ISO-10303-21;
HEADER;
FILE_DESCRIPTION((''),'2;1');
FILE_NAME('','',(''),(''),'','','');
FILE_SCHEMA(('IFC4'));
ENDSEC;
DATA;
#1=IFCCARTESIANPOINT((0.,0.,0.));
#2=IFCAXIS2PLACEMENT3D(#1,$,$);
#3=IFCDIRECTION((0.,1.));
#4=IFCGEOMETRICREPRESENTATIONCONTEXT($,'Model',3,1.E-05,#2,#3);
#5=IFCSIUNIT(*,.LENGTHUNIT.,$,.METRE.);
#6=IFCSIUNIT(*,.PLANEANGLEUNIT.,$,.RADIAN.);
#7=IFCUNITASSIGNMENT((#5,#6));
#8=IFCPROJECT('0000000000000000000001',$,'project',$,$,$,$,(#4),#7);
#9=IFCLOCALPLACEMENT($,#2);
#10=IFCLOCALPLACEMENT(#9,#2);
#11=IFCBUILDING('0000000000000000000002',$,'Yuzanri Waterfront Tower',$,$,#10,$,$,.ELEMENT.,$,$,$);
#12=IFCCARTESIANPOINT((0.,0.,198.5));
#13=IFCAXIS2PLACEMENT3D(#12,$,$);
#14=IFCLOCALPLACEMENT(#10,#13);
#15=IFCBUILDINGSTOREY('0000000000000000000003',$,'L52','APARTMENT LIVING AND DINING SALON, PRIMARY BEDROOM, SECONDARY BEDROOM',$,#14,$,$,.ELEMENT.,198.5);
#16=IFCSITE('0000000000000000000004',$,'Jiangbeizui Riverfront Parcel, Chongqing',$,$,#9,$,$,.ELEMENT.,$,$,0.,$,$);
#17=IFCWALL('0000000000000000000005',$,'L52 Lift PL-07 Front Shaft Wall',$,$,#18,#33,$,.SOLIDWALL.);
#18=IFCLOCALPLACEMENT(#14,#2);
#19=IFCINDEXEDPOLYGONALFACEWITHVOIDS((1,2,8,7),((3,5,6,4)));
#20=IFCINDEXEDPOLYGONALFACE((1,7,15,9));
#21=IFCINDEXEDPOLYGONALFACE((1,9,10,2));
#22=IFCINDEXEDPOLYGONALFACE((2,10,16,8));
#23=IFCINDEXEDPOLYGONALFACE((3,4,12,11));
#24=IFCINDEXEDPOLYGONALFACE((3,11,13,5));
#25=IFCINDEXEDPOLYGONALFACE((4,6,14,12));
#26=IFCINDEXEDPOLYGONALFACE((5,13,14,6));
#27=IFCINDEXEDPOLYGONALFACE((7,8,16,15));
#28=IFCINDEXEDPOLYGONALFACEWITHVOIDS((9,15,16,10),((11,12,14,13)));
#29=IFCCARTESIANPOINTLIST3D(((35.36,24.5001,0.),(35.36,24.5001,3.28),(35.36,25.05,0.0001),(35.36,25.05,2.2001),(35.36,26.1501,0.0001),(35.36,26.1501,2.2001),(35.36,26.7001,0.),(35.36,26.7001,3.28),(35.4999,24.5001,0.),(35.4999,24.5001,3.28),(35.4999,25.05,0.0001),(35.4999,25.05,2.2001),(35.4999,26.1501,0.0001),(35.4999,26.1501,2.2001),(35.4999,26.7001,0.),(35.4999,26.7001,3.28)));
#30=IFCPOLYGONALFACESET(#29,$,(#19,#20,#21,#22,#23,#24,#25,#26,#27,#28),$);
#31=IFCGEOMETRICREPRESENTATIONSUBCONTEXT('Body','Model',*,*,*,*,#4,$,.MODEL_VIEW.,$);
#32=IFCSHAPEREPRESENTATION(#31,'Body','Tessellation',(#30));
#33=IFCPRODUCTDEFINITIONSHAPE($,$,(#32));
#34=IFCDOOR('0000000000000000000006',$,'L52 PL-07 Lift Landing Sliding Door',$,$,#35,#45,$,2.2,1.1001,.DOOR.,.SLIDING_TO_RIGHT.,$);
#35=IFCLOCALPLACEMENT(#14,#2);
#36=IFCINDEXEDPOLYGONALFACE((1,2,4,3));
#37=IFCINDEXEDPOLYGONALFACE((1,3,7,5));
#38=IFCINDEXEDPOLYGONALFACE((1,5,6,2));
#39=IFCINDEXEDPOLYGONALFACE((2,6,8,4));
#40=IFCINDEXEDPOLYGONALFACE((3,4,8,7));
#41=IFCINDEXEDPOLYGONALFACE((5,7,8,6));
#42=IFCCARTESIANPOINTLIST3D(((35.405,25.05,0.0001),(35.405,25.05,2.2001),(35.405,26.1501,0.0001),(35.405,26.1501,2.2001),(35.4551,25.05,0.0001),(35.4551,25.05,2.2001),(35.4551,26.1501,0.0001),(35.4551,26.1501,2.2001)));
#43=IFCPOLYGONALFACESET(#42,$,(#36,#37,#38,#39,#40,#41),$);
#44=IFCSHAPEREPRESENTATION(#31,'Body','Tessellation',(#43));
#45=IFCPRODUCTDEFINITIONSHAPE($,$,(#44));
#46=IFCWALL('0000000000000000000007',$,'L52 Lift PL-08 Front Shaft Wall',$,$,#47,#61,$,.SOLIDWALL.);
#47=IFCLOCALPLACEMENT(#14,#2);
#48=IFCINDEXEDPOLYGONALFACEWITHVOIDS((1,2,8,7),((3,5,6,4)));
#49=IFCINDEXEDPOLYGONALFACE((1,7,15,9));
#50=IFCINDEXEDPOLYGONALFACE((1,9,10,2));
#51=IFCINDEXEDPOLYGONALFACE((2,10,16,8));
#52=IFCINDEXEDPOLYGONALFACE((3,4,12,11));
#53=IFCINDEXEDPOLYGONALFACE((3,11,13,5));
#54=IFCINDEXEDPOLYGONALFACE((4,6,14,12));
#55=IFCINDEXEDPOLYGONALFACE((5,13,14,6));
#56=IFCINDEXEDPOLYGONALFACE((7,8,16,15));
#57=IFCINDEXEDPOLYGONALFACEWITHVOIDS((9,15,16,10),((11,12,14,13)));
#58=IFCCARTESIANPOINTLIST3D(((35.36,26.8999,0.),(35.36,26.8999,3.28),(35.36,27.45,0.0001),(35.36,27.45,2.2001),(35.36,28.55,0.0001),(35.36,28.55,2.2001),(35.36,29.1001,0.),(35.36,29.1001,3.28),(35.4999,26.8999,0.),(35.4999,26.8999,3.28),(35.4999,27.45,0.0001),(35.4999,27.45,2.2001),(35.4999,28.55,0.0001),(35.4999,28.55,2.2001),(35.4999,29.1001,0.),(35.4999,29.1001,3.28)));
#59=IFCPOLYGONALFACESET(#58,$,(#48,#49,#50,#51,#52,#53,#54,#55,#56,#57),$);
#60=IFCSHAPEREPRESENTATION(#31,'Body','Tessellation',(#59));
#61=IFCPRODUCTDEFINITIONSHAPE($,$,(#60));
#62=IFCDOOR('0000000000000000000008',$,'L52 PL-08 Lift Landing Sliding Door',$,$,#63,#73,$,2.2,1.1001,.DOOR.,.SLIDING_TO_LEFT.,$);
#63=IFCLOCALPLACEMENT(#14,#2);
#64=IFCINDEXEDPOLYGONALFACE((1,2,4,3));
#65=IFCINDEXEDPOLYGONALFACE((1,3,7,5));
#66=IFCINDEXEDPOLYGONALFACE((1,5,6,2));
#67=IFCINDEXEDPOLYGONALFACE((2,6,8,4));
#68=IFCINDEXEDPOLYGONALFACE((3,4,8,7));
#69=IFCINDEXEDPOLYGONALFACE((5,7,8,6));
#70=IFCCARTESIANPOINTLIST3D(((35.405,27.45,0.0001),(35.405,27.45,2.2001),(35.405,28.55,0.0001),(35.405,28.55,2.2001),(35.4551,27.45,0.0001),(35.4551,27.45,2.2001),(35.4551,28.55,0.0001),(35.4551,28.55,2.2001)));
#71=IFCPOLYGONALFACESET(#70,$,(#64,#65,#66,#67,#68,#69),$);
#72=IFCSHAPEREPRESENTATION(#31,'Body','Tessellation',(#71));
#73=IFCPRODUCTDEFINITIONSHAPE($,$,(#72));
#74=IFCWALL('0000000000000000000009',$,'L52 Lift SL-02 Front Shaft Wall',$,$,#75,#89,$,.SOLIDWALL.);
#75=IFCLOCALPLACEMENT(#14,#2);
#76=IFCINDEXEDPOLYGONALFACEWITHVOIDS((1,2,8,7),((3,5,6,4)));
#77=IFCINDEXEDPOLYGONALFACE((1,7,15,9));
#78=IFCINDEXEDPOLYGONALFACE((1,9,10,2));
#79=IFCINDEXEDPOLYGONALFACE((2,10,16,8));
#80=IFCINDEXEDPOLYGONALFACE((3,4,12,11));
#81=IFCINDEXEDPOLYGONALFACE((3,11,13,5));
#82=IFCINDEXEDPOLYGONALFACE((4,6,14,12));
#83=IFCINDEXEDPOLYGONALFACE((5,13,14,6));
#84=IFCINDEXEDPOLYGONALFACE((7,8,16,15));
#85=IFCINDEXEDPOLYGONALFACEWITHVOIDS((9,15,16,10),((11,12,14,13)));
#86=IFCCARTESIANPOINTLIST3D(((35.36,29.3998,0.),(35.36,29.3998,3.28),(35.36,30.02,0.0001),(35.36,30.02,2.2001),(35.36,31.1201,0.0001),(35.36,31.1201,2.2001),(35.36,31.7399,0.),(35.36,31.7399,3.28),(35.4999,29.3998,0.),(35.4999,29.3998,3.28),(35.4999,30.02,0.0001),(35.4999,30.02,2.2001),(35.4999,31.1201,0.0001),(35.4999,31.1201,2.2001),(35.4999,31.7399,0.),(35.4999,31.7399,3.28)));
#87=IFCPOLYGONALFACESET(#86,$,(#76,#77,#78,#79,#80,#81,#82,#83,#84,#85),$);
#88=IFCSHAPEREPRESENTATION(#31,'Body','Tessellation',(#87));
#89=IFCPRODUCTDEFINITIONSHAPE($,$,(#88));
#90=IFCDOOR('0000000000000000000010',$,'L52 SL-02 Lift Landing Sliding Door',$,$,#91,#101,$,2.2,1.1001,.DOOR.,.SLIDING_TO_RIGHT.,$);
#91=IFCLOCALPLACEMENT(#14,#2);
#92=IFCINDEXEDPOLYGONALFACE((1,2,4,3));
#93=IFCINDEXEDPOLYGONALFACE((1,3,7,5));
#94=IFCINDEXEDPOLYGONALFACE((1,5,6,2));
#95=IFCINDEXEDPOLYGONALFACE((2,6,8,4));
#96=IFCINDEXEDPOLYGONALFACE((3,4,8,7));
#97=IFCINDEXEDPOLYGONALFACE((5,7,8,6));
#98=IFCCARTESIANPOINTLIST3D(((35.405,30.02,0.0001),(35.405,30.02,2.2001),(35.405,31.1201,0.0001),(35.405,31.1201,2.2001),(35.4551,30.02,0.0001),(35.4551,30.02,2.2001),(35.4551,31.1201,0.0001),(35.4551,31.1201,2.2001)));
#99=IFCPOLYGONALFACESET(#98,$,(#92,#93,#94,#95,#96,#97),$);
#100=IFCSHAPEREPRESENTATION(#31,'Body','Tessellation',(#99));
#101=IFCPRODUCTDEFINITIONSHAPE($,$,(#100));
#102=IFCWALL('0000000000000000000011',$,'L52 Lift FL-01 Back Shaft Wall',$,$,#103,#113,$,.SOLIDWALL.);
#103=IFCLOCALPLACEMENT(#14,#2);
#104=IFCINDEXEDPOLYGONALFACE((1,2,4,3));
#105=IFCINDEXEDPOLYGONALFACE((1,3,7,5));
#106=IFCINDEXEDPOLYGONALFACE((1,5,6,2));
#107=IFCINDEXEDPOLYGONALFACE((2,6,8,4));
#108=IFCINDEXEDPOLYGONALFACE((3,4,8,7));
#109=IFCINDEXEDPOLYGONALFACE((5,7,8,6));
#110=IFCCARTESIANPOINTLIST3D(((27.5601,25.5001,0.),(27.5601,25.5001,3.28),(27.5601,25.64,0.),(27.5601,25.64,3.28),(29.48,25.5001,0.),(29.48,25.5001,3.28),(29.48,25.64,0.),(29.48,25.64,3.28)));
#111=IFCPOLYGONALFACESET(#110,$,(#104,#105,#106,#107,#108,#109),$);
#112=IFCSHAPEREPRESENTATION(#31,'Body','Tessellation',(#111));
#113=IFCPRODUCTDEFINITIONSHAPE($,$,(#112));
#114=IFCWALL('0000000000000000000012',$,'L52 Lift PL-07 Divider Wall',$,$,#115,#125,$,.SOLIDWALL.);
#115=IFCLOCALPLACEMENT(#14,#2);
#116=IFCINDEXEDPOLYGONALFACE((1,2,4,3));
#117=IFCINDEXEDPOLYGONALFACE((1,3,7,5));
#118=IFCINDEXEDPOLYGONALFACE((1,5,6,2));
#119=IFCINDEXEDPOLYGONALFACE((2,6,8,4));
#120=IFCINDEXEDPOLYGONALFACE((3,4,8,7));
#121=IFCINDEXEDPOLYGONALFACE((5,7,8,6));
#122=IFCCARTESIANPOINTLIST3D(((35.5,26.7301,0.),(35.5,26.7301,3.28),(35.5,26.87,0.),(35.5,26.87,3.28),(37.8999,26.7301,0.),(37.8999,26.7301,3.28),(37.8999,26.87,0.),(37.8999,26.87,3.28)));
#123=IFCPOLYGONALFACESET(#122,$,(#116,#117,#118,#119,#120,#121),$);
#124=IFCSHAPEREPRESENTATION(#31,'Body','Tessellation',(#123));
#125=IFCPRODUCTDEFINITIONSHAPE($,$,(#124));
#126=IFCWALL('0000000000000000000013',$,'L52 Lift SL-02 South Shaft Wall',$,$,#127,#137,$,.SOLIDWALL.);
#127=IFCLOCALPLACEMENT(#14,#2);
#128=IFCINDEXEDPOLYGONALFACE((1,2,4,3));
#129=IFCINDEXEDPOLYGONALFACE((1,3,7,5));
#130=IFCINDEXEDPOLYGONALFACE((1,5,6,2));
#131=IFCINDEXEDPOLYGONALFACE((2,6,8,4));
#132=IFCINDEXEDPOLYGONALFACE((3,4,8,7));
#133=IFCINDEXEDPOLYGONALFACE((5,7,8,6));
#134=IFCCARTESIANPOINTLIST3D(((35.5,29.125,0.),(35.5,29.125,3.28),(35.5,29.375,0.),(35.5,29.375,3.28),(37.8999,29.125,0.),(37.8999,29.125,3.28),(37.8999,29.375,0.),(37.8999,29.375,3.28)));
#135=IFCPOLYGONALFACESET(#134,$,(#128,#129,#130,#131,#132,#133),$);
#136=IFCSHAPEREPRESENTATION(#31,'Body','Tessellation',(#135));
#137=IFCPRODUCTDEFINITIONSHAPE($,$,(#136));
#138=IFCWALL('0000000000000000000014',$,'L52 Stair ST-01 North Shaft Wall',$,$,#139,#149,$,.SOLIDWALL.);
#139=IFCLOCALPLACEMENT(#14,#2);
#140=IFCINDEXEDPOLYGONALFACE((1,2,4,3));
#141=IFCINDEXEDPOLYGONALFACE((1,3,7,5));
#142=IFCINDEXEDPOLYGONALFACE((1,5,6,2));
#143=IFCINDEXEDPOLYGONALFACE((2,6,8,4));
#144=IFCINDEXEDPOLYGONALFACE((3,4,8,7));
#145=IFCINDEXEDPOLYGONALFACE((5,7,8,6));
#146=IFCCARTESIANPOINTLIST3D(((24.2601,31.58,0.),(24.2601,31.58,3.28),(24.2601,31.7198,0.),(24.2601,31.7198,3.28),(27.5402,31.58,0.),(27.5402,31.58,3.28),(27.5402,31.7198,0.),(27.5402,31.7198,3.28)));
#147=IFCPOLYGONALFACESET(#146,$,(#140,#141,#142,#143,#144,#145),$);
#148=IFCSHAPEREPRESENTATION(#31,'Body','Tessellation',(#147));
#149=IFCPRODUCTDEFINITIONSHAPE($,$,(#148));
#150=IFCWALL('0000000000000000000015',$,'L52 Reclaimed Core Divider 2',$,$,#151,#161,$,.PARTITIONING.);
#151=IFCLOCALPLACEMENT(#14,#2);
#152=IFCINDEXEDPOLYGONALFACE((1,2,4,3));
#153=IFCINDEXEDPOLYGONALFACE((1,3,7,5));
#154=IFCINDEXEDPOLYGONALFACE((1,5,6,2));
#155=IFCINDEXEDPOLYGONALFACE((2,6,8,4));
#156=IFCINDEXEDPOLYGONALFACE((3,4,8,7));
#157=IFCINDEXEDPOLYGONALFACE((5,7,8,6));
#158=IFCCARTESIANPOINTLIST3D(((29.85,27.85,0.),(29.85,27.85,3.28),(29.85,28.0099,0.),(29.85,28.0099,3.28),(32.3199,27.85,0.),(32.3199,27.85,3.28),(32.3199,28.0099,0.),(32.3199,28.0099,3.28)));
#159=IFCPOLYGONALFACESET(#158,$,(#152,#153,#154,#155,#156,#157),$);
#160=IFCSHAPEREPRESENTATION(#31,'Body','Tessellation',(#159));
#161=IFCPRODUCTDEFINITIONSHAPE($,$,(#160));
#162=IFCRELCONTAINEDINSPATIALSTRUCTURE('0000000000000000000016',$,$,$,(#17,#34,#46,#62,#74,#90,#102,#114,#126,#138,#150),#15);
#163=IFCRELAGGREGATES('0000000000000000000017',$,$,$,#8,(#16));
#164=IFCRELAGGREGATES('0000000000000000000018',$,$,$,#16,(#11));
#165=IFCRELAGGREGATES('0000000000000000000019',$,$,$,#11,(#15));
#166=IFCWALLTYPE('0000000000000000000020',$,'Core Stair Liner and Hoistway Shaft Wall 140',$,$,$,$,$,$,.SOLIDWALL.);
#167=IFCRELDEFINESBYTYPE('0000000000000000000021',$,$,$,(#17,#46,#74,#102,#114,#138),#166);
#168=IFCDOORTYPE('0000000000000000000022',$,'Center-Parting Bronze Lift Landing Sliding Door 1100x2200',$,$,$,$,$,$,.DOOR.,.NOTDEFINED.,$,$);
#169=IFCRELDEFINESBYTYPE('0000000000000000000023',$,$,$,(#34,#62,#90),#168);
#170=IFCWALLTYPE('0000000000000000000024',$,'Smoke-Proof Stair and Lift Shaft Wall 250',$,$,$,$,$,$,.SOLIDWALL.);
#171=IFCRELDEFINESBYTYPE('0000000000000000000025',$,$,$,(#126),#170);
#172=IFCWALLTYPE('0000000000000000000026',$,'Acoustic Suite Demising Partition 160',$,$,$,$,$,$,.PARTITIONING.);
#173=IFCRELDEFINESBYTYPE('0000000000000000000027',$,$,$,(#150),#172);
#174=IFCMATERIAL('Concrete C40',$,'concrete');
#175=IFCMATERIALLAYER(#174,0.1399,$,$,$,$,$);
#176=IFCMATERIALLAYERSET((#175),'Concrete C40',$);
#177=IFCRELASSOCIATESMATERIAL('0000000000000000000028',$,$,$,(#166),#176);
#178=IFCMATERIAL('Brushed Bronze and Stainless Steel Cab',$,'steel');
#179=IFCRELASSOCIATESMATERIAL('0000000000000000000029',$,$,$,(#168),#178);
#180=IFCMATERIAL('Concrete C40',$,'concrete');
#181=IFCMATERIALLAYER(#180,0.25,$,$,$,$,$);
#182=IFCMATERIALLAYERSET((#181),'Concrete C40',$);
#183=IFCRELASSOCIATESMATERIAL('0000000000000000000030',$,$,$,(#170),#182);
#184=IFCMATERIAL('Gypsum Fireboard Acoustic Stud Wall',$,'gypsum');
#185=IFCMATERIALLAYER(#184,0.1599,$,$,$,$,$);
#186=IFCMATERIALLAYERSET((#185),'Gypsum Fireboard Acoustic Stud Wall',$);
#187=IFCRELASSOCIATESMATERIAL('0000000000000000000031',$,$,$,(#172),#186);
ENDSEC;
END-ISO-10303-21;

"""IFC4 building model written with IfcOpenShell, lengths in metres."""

from ifc_helpers import new_model, si_unit, direction, frame, frame_2d, origin, place, context, subcontext, project, spatial, rectangle, extrude, source, transform, mapped, material, layer, layer_set, type_object, element, fill, save


model = new_model("IFC4")

# Units and contexts
model_context = context("Model", 3, precision=1e-05, world=origin(), true_north=direction((0.0, 1.0)))
body_context = subcontext(model_context, "Body", "Model", "MODEL_VIEW")
ifc_project = project(units=[si_unit("LENGTHUNIT", "METRE"), si_unit("PLANEANGLEUNIT", "RADIAN")], contexts=[model_context])

# Site, building, storey
site_placement = place(None, origin())
site = spatial("IfcSite", under=ifc_project, at=site_placement, Name="Jiangbeizui Riverfront Parcel, Chongqing", CompositionType="ELEMENT", RefElevation=0.0)
building_placement = place(site_placement, origin())
building = spatial("IfcBuilding", under=site, at=building_placement, Name="Yuzanri Waterfront Tower", CompositionType="ELEMENT")
storey_placement = place(building_placement, frame((0.0, 0.0, 198.5)))
storey = spatial("IfcBuildingStorey", under=building, at=storey_placement, Name="L52", Description="APARTMENT LIVING AND DINING SALON, PRIMARY BEDROOM, SECONDARY BEDROOM", CompositionType="ELEMENT", Elevation=198.5)

# Walls, openings, doors
ifc_material_1 = material(Name="Concrete C40", Category="concrete")
ifc_layer_1 = layer(ifc_material_1, 0.1399)
ifc_layer_set_1 = layer_set([ifc_layer_1], Name="Concrete C40")
wall_type_1 = type_object("IfcWallType", Name="Core Stair Liner and Hoistway Shaft Wall 140", PredefinedType="SOLIDWALL", material=ifc_layer_set_1)
wall_1_placement = place(storey_placement, frame((35.4299, 24.5, 0.0), z_axis=(0.0, 0.0, 1.0), x_axis=(0.0, 1.0, 0.0)))
wall_1 = element("IfcWall", 1, at=wall_1_placement, inside=storey, type_object=wall_type_1, Name="L52 Lift PL-07 Front Shaft Wall", PredefinedType="SOLIDWALL", context=body_context, shape_type="SweptSolid", body=[
    extrude(rectangle(XDim=2.2, YDim=0.1399, at=frame_2d((1.1001, 0.0))), origin(), (0.0, 0.0, 1.0), 3.28),
])
opening_1_placement = place(wall_1_placement, frame((0.55, 0.0, 0.0)))
opening_1 = element("IfcOpeningElement", 2, at=opening_1_placement, cuts=wall_1, PredefinedType="OPENING", context=body_context, shape_type="SweptSolid", body=[
    extrude(rectangle(XDim=1.1001, YDim=2.2, at=frame_2d((0.55, 1.1001))), frame((0.0, 0.085, 0.0), z_axis=(0.0, -1.0, 0.0), x_axis=(1.0, 0.0, 0.0)), (0.0, 0.0, 1.0), 0.1697),
])
ifc_material_2 = material(Name="Brushed Bronze and Stainless Steel Cab", Category="steel")
door_type_1 = type_object("IfcDoorType", Name="Center-Parting Bronze Lift Landing Sliding Door 1100x2200", OperationType="NOTDEFINED", PredefinedType="DOOR", material=ifc_material_2)
shared_shape_1 = source(origin(), body_context, "Body", "SweptSolid", [
    extrude(rectangle(XDim=1.1001, YDim=2.2, at=frame_2d((0.55, 1.1001))), frame((0.0, 0.0249, 0.0), z_axis=(0.0, -1.0, 0.0), x_axis=(1.0, 0.0, 0.0)), (0.0, 0.0, 1.0), 0.05),
])
door_1_placement = place(opening_1_placement, origin())
door_1 = element("IfcDoor", 3, at=door_1_placement, inside=storey, type_object=door_type_1, Name="L52 PL-07 Lift Landing Sliding Door", OperationType="SLIDING_TO_RIGHT", OverallHeight=2.2, OverallWidth=1.1001, PredefinedType="DOOR", context=body_context, shape_type="MappedRepresentation", body=[
    mapped(shared_shape_1, transform((0.0, 0.0, 0.0), scale=1.0)),
])
fill(opening_1, door_1)
wall_2_placement = place(storey_placement, frame((35.4299, 26.8999, 0.0), z_axis=(0.0, 0.0, 1.0), x_axis=(0.0, 1.0, 0.0)))
wall_2 = element("IfcWall", 4, at=wall_2_placement, inside=storey, type_object=wall_type_1, Name="L52 Lift PL-08 Front Shaft Wall", PredefinedType="SOLIDWALL", context=body_context, shape_type="SweptSolid", body=[
    extrude(rectangle(XDim=2.2002, YDim=0.1399, at=frame_2d((1.1001, 0.0))), origin(), (0.0, 0.0, 1.0), 3.28),
])
opening_2_placement = place(wall_2_placement, frame((0.55, 0.0, 0.0)))
opening_2 = element("IfcOpeningElement", 5, at=opening_2_placement, cuts=wall_2, PredefinedType="OPENING", context=body_context, shape_type="SweptSolid", body=[
    extrude(rectangle(XDim=1.1001, YDim=2.2, at=frame_2d((0.55, 1.1001))), frame((0.0, 0.085, 0.0), z_axis=(0.0, -1.0, 0.0), x_axis=(1.0, 0.0, 0.0)), (0.0, 0.0, 1.0), 0.1697),
])
door_2_placement = place(opening_2_placement, origin())
door_2 = element("IfcDoor", 6, at=door_2_placement, inside=storey, type_object=door_type_1, Name="L52 PL-08 Lift Landing Sliding Door", OperationType="SLIDING_TO_LEFT", OverallHeight=2.2, OverallWidth=1.1001, PredefinedType="DOOR", context=body_context, shape_type="MappedRepresentation", body=[
    mapped(shared_shape_1, transform((0.0, 0.0, 0.0), scale=1.0)),
])
fill(opening_2, door_2)
wall_3_placement = place(storey_placement, frame((35.4299, 29.3999, 0.0), z_axis=(0.0, 0.0, 1.0), x_axis=(0.0, 1.0, 0.0)))
wall_3 = element("IfcWall", 7, at=wall_3_placement, inside=storey, type_object=wall_type_1, Name="L52 Lift SL-02 Front Shaft Wall", PredefinedType="SOLIDWALL", context=body_context, shape_type="SweptSolid", body=[
    extrude(rectangle(XDim=2.3401, YDim=0.1399, at=frame_2d((1.1699, 0.0))), origin(), (0.0, 0.0, 1.0), 3.28),
])
opening_3_placement = place(wall_3_placement, frame((0.6201, 0.0, 0.0)))
opening_3 = element("IfcOpeningElement", 8, at=opening_3_placement, cuts=wall_3, PredefinedType="OPENING", context=body_context, shape_type="SweptSolid", body=[
    extrude(rectangle(XDim=1.1001, YDim=2.2, at=frame_2d((0.55, 1.1001))), frame((0.0, 0.085, 0.0), z_axis=(0.0, -1.0, 0.0), x_axis=(1.0, 0.0, 0.0)), (0.0, 0.0, 1.0), 0.1697),
])
door_3_placement = place(opening_3_placement, origin())
door_3 = element("IfcDoor", 9, at=door_3_placement, inside=storey, type_object=door_type_1, Name="L52 SL-02 Lift Landing Sliding Door", OperationType="SLIDING_TO_RIGHT", OverallHeight=2.2, OverallWidth=1.1001, PredefinedType="DOOR", context=body_context, shape_type="MappedRepresentation", body=[
    mapped(shared_shape_1, transform((0.0, 0.0, 0.0), scale=1.0)),
])
fill(opening_3, door_3)

# Walls
shared_shape_2 = source(origin(), body_context, "Body", "SweptSolid", [
    extrude(rectangle(XDim=1.9199, YDim=0.1399, at=frame_2d((0.96, 0.0))), origin(), (0.0, 0.0, 1.0), 3.28),
])
wall_4_placement = place(storey_placement, frame((27.5601, 25.5701, 0.0), z_axis=(0.0, 0.0, 1.0), x_axis=(1.0, 0.0, 0.0)))
element("IfcWall", 10, at=wall_4_placement, inside=storey, type_object=wall_type_1, Name="L52 Lift FL-01 Back Shaft Wall", PredefinedType="SOLIDWALL", context=body_context, shape_type="MappedRepresentation", body=[
    mapped(shared_shape_2, transform((0.0, 0.0, 0.0), scale=1.0)),
])
shared_shape_3 = source(origin(), body_context, "Body", "SweptSolid", [
    extrude(rectangle(XDim=2.3999, YDim=0.1399, at=frame_2d((1.2, 0.0))), origin(), (0.0, 0.0, 1.0), 3.28),
])
wall_5_placement = place(storey_placement, frame((35.5, 26.8, 0.0), z_axis=(0.0, 0.0, 1.0), x_axis=(1.0, 0.0, 0.0)))
element("IfcWall", 11, at=wall_5_placement, inside=storey, type_object=wall_type_1, Name="L52 Lift PL-07 Divider Wall", PredefinedType="SOLIDWALL", context=body_context, shape_type="MappedRepresentation", body=[
    mapped(shared_shape_3, transform((0.0, 0.0, 0.0), scale=1.0)),
])
ifc_material_3 = material(Name="Concrete C40", Category="concrete")
ifc_layer_2 = layer(ifc_material_3, 0.25)
ifc_layer_set_2 = layer_set([ifc_layer_2], Name="Concrete C40")
wall_type_2 = type_object("IfcWallType", Name="Smoke-Proof Stair and Lift Shaft Wall 250", PredefinedType="SOLIDWALL", material=ifc_layer_set_2)
shared_shape_4 = source(origin(), body_context, "Body", "SweptSolid", [
    extrude(rectangle(XDim=2.3999, YDim=0.25, at=frame_2d((1.2, 0.0))), origin(), (0.0, 0.0, 1.0), 3.28),
])
wall_6_placement = place(storey_placement, frame((35.5, 29.25, 0.0), z_axis=(0.0, 0.0, 1.0), x_axis=(1.0, 0.0, 0.0)))
element("IfcWall", 12, at=wall_6_placement, inside=storey, type_object=wall_type_2, Name="L52 Lift SL-02 South Shaft Wall", PredefinedType="SOLIDWALL", context=body_context, shape_type="MappedRepresentation", body=[
    mapped(shared_shape_4, transform((0.0, 0.0, 0.0), scale=1.0)),
])
shared_shape_5 = source(origin(), body_context, "Body", "SweptSolid", [
    extrude(rectangle(XDim=3.28, YDim=0.1399, at=frame_2d((1.6401, 0.0))), origin(), (0.0, 0.0, 1.0), 3.28),
])
wall_7_placement = place(storey_placement, frame((24.26, 31.6499, 0.0), z_axis=(0.0, 0.0, 1.0), x_axis=(1.0, 0.0, 0.0)))
element("IfcWall", 13, at=wall_7_placement, inside=storey, type_object=wall_type_1, Name="L52 Stair ST-01 North Shaft Wall", PredefinedType="SOLIDWALL", context=body_context, shape_type="MappedRepresentation", body=[
    mapped(shared_shape_5, transform((0.0, 0.0, 0.0), scale=1.0)),
])
ifc_material_4 = material(Name="Gypsum Fireboard Acoustic Stud Wall", Category="gypsum")
ifc_layer_3 = layer(ifc_material_4, 0.1599)
ifc_layer_set_3 = layer_set([ifc_layer_3], Name="Gypsum Fireboard Acoustic Stud Wall")
wall_type_3 = type_object("IfcWallType", Name="Acoustic Suite Demising Partition 160", PredefinedType="PARTITIONING", material=ifc_layer_set_3)
shared_shape_6 = source(origin(), body_context, "Body", "SweptSolid", [
    extrude(rectangle(XDim=2.47, YDim=0.1599, at=frame_2d((1.2349, 0.0))), origin(), (0.0, 0.0, 1.0), 3.28),
])
wall_8_placement = place(storey_placement, frame((29.8501, 27.9299, 0.0), z_axis=(0.0, 0.0, 1.0), x_axis=(1.0, 0.0, 0.0)))
element("IfcWall", 14, at=wall_8_placement, inside=storey, type_object=wall_type_3, Name="L52 Reclaimed Core Divider 2", PredefinedType="PARTITIONING", context=body_context, shape_type="MappedRepresentation", body=[
    mapped(shared_shape_6, transform((0.0, 0.0, 0.0), scale=1.0)),
])

save(model, "model.ifc")
